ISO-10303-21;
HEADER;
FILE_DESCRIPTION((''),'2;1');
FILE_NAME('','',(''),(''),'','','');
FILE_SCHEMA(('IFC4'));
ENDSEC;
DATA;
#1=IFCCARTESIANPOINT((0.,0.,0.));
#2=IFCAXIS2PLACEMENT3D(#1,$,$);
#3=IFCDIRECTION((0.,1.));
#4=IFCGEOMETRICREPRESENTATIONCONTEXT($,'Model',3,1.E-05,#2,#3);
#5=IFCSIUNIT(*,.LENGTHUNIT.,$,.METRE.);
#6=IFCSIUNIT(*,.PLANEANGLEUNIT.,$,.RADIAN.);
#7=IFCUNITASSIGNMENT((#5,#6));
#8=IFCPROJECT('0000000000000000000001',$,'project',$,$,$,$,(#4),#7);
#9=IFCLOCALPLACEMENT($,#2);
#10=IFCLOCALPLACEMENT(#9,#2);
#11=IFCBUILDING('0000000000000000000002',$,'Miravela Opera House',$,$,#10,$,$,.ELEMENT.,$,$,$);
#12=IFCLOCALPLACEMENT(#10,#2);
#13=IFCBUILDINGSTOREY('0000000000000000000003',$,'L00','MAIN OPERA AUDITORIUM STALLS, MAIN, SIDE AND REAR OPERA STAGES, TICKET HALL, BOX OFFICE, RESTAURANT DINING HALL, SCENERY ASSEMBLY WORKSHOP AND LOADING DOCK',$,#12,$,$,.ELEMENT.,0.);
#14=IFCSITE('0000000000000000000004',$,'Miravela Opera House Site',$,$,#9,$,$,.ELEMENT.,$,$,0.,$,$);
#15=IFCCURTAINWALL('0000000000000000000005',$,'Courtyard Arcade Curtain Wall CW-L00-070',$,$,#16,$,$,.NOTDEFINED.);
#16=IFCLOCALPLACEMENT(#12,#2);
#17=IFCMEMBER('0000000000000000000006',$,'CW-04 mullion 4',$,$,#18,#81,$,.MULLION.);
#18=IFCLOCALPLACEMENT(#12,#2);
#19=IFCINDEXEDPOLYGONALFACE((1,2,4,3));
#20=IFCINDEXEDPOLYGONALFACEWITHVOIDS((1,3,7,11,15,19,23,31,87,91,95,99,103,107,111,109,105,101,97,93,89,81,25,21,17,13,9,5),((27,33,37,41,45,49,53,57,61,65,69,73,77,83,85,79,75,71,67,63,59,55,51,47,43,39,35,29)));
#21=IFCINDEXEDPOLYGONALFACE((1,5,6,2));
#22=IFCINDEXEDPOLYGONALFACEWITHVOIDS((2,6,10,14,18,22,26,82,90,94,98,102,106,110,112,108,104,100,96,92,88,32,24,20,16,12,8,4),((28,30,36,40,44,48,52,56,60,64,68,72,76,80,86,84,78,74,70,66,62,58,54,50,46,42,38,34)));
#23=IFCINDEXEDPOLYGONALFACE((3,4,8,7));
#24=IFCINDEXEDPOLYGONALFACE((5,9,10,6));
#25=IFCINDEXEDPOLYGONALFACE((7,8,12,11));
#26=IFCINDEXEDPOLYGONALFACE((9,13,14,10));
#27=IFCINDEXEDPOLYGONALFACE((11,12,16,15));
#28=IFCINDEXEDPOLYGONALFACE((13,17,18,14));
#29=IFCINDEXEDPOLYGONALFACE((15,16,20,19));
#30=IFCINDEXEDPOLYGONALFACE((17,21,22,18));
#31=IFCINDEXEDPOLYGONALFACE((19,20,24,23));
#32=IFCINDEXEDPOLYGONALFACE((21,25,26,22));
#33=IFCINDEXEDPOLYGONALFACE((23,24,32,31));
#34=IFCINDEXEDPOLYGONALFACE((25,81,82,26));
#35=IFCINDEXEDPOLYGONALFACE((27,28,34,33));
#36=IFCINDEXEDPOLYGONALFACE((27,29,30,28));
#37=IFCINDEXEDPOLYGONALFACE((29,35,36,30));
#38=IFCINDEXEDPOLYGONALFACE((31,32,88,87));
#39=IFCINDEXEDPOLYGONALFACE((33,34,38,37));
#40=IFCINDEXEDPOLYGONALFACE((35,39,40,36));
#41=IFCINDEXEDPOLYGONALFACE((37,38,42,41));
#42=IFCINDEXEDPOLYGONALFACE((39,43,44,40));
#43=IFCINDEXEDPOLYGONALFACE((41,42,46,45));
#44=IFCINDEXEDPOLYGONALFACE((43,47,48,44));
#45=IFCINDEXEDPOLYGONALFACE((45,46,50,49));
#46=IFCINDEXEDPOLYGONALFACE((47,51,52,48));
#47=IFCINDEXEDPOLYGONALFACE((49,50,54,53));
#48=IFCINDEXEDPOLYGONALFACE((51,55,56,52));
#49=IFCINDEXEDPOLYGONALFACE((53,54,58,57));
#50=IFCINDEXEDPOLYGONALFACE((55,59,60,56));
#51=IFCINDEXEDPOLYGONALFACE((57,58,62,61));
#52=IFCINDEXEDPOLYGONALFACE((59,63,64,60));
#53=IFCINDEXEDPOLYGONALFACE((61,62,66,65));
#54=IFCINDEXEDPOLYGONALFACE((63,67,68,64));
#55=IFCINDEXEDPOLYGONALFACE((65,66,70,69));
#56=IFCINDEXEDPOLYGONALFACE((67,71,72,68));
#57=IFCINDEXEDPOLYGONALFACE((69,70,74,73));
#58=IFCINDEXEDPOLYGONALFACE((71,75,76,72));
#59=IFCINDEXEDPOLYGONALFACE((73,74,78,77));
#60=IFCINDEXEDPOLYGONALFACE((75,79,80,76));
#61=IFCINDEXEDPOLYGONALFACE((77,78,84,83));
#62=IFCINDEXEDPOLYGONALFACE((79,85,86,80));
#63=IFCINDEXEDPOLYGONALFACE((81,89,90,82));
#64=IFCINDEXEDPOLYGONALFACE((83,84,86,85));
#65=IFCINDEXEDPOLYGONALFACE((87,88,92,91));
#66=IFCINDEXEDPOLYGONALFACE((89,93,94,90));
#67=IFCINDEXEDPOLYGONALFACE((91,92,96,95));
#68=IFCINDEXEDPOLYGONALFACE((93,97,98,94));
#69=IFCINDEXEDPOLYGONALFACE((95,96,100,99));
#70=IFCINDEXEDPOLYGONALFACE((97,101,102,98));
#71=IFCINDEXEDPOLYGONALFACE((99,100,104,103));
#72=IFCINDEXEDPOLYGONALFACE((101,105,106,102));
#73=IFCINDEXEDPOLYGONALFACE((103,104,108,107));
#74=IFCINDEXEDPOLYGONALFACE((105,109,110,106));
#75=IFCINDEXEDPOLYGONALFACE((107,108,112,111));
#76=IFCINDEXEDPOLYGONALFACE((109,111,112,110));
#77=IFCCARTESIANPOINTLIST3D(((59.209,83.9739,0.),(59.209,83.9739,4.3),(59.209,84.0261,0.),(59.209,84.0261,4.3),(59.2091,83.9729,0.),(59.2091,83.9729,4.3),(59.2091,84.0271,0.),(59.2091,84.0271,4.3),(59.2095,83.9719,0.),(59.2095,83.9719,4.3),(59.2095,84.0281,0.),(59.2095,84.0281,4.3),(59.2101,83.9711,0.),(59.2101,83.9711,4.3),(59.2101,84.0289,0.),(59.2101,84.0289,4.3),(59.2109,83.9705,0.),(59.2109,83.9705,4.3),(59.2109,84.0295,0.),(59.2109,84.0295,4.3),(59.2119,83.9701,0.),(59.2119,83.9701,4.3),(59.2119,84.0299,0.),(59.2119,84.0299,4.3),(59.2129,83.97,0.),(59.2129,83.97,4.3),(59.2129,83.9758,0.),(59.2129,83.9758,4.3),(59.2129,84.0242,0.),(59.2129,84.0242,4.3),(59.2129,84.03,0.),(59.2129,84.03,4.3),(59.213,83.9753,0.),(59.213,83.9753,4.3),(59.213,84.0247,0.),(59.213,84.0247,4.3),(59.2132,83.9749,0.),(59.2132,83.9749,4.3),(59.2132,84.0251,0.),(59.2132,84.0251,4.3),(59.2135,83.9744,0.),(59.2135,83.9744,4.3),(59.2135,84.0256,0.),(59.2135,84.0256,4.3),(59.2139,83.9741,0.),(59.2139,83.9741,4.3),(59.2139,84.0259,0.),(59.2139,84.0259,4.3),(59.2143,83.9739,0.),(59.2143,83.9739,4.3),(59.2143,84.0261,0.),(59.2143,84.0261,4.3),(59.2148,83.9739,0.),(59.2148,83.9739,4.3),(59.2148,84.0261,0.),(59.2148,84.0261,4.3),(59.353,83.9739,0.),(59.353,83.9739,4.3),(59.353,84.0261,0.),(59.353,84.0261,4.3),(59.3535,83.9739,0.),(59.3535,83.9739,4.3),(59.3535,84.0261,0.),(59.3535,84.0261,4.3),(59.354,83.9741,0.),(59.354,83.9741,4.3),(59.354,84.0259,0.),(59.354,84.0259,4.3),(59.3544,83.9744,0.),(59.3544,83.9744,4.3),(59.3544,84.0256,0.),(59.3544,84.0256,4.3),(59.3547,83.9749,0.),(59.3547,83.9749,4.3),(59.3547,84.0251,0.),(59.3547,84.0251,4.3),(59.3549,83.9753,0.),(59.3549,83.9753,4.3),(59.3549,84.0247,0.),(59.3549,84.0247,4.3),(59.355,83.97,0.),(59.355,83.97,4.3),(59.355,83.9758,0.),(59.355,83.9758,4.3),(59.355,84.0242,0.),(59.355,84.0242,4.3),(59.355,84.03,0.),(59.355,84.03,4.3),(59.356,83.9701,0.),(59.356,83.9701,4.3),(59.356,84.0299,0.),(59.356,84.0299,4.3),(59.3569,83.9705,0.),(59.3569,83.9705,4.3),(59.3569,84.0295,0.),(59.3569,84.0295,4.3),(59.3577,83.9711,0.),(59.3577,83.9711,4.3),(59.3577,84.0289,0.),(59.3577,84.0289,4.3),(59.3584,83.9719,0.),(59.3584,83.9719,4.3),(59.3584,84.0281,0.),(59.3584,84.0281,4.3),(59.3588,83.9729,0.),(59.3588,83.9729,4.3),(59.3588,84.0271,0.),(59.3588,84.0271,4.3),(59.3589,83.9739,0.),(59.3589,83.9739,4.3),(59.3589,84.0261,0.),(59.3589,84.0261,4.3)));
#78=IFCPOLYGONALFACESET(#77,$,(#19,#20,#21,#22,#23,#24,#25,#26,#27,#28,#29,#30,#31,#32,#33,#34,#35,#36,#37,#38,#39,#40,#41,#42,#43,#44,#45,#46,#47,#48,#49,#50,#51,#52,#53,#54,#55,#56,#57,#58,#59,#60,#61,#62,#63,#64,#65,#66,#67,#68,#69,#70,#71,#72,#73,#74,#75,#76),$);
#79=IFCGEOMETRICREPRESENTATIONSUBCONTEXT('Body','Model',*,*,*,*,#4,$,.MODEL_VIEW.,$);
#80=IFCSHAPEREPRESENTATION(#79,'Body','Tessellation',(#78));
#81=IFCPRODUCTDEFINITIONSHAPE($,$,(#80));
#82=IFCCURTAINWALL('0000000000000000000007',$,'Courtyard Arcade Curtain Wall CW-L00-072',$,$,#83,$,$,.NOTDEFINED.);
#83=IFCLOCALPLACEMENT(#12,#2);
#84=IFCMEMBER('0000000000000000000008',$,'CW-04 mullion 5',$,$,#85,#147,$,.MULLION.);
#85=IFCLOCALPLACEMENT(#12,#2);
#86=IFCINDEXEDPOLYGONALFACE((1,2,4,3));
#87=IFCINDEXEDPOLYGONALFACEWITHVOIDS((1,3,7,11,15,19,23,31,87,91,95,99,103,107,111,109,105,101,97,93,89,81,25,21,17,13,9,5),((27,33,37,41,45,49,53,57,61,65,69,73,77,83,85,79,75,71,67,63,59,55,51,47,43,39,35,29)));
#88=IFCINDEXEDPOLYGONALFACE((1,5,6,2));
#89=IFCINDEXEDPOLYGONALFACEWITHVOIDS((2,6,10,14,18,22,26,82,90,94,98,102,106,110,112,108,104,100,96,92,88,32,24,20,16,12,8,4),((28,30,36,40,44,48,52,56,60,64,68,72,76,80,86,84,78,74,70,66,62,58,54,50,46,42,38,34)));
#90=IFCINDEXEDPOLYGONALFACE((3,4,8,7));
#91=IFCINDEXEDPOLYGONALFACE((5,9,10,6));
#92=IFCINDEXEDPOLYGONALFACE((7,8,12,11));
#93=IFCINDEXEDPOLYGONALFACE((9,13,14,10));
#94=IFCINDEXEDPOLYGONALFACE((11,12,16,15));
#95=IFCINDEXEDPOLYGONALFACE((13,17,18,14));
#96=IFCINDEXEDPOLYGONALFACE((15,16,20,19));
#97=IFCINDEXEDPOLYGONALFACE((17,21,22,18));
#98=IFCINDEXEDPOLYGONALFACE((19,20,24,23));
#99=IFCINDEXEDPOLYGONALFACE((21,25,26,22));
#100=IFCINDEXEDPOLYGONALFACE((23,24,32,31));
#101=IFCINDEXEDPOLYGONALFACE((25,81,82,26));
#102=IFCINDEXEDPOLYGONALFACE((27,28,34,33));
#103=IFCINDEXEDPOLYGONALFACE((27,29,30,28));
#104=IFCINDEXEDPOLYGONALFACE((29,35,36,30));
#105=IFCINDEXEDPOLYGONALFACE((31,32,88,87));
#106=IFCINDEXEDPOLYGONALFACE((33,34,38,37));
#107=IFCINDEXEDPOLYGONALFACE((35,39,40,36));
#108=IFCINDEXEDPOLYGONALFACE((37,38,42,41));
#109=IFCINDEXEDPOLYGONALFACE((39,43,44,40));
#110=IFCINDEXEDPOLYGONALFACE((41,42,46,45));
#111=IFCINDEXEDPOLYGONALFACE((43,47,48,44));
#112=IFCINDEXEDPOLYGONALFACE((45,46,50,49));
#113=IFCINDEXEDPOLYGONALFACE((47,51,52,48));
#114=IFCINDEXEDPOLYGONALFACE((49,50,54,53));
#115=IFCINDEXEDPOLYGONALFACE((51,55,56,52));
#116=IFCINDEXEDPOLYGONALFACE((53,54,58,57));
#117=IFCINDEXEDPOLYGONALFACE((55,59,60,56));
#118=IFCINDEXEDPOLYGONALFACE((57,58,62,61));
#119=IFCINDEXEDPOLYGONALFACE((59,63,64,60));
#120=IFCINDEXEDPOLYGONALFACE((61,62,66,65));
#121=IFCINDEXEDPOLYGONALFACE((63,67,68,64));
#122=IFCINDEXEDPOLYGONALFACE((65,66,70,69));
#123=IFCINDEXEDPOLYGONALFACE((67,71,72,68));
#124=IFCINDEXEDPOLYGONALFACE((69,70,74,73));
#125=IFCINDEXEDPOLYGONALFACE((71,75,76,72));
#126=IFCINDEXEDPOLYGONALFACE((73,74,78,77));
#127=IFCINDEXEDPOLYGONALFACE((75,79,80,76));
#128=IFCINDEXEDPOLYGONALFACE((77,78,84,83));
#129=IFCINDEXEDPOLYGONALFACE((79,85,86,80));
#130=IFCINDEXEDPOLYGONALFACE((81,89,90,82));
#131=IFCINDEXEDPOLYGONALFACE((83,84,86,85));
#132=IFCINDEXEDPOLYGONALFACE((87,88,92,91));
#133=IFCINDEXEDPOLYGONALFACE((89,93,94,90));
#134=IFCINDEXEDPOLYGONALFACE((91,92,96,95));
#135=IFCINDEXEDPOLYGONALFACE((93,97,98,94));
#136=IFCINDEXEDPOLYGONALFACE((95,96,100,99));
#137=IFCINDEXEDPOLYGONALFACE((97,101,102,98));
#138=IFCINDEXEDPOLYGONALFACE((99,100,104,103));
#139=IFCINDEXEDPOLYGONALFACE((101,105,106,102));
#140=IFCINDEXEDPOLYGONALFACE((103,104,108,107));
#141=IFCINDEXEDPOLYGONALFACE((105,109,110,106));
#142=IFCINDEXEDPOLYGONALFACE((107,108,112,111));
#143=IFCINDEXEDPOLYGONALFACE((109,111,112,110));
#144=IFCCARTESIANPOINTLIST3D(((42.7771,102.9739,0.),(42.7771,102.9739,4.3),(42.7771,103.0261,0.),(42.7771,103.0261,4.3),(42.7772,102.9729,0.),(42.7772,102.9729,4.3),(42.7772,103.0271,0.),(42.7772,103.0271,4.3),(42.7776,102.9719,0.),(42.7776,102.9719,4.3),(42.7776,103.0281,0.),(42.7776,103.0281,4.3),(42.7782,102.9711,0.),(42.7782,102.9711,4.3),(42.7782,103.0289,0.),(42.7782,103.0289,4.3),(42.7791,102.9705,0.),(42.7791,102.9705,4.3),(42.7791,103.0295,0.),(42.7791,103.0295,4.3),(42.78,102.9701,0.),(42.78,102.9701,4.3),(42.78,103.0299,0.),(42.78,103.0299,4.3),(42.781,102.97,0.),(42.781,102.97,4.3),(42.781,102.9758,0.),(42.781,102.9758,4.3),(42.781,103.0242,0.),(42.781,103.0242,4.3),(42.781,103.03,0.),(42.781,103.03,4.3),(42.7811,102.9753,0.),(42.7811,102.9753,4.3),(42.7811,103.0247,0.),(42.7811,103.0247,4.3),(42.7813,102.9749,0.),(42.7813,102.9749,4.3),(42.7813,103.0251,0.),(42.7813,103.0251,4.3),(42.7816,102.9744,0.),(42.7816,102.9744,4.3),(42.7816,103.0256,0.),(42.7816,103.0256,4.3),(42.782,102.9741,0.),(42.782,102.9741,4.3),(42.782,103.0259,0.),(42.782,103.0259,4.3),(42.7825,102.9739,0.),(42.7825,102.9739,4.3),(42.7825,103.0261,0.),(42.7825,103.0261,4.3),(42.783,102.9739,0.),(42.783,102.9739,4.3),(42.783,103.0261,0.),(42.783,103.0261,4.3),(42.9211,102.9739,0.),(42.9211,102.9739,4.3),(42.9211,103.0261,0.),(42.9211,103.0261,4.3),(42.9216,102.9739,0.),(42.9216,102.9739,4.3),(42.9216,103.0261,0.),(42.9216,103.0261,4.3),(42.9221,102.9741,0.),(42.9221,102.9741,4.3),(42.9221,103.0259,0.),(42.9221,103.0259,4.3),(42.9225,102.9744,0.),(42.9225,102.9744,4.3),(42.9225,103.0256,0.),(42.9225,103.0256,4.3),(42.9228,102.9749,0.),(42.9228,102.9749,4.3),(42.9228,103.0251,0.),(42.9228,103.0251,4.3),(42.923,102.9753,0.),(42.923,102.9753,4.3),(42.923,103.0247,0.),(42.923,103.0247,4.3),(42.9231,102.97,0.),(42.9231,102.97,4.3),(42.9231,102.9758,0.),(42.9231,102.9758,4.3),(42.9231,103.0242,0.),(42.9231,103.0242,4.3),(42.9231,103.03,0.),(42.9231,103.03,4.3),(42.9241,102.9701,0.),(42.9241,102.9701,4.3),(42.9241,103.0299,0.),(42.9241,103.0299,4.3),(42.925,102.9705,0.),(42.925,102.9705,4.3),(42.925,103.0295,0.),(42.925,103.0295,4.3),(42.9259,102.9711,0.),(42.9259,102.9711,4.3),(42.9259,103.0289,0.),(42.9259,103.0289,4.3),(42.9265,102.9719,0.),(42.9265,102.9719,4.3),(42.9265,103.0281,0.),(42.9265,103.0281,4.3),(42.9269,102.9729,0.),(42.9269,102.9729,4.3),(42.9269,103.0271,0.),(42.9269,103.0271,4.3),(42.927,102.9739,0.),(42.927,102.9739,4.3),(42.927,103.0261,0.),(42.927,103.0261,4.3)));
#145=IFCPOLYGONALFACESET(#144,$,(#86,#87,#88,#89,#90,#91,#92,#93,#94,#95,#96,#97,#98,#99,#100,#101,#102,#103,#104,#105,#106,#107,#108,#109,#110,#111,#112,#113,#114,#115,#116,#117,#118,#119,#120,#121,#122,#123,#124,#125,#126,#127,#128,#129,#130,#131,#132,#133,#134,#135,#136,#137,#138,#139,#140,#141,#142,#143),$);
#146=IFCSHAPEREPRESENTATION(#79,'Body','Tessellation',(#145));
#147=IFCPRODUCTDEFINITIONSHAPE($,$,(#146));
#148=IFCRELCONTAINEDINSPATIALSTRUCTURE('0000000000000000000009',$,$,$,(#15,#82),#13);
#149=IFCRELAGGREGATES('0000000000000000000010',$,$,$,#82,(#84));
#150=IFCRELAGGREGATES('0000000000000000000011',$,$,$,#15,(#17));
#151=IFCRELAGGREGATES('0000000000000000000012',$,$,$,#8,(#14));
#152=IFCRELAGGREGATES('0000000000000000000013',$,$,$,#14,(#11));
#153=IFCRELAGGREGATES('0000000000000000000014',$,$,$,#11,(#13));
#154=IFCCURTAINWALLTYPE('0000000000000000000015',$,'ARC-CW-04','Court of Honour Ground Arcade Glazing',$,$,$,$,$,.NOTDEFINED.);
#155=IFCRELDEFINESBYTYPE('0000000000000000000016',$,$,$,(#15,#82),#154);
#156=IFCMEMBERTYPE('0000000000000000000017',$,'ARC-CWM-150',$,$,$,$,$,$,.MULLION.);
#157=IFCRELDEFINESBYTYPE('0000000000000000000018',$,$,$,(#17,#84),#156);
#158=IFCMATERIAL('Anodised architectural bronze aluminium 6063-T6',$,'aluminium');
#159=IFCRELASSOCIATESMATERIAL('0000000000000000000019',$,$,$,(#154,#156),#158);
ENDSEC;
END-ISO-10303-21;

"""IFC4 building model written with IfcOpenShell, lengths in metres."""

from ifc_helpers import new_model, si_unit, direction, frame, origin, origin_2d, place, context, subcontext, project, spatial, hollow_rectangle, extrude, material, material_profile, profile_set, type_object, element, aggregate, save


model = new_model("IFC4")

# Units and contexts
model_context = context("Model", 3, precision=1e-05, world=origin(), true_north=direction((0.0, 1.0)))
body_context = subcontext(model_context, "Body", "Model", "MODEL_VIEW")
ifc_project = project(units=[si_unit("LENGTHUNIT", "METRE"), si_unit("PLANEANGLEUNIT", "RADIAN")], contexts=[model_context])

# Site, building, storey
site_placement = place(None, origin())
site = spatial("IfcSite", under=ifc_project, at=site_placement, Name="Miravela Opera House Site", CompositionType="ELEMENT", RefElevation=0.0)
building_placement = place(site_placement, origin())
building = spatial("IfcBuilding", under=site, at=building_placement, Name="Miravela Opera House", CompositionType="ELEMENT")
storey_placement = place(building_placement, origin())
storey = spatial("IfcBuildingStorey", under=building, at=storey_placement, Name="L00", Description="MAIN OPERA AUDITORIUM STALLS, MAIN, SIDE AND REAR OPERA STAGES, TICKET HALL, BOX OFFICE, RESTAURANT DINING HALL, SCENERY ASSEMBLY WORKSHOP AND LOADING DOCK", CompositionType="ELEMENT", Elevation=0.0)

# Curtain wall, member
ifc_material_1 = material(Name="Anodised architectural bronze aluminium 6063-T6", Category="aluminium")
curtain_wall_type = type_object("IfcCurtainWallType", Name="ARC-CW-04", Description="Court of Honour Ground Arcade Glazing", PredefinedType="NOTDEFINED", material=ifc_material_1)
curtain_wall_1_placement = place(storey_placement, origin())
curtain_wall_1 = element("IfcCurtainWall", 1, at=curtain_wall_1_placement, inside=storey, type_object=curtain_wall_type, Name="Courtyard Arcade Curtain Wall CW-L00-070", PredefinedType="NOTDEFINED")
ifc_material_profile_1 = material_profile(ifc_material_1, hollow_rectangle(XDim=0.0601, YDim=0.1499, WallThickness=0.0039, InnerFilletRadius=0.002, OuterFilletRadius=0.0039, at=origin_2d()), Name="CWM-60X150")
ifc_profile_set_1 = profile_set([ifc_material_profile_1])
member_type_1 = type_object("IfcMemberType", Name="ARC-CWM-150", PredefinedType="MULLION", material=ifc_profile_set_1)
member_1_placement = place(storey_placement, frame((59.2839, 84.0, 0.0), z_axis=(0.0, 0.0, 1.0), x_axis=(0.0, 1.0, 0.0)))
member_1 = element("IfcMember", 2, at=member_1_placement, type_object=member_type_1, Name="CW-04 mullion 4", PredefinedType="MULLION", context=body_context, shape_type="SweptSolid", body=[
    extrude(hollow_rectangle(XDim=0.0601, YDim=0.1499, WallThickness=0.0039, InnerFilletRadius=0.002, OuterFilletRadius=0.0039, at=origin_2d()), origin(), (0.0, 0.0, 1.0), 4.3),
])

# Curtain wall, member
curtain_wall_2_placement = place(storey_placement, origin())
curtain_wall_2 = element("IfcCurtainWall", 3, at=curtain_wall_2_placement, inside=storey, type_object=curtain_wall_type, Name="Courtyard Arcade Curtain Wall CW-L00-072", PredefinedType="NOTDEFINED")
member_2_placement = place(storey_placement, frame((42.8521, 103.0, 0.0), z_axis=(0.0, 0.0, 1.0), x_axis=(0.0, 1.0, 0.0)))
member_2 = element("IfcMember", 4, at=member_2_placement, type_object=member_type_1, Name="CW-04 mullion 5", PredefinedType="MULLION", context=body_context, shape_type="SweptSolid", body=[
    extrude(hollow_rectangle(XDim=0.0601, YDim=0.1499, WallThickness=0.0039, InnerFilletRadius=0.002, OuterFilletRadius=0.0039, at=origin_2d()), origin(), (0.0, 0.0, 1.0), 4.3),
])

aggregate(curtain_wall_2, [member_2])

aggregate(curtain_wall_1, [member_1])

save(model, "model.ifc")
